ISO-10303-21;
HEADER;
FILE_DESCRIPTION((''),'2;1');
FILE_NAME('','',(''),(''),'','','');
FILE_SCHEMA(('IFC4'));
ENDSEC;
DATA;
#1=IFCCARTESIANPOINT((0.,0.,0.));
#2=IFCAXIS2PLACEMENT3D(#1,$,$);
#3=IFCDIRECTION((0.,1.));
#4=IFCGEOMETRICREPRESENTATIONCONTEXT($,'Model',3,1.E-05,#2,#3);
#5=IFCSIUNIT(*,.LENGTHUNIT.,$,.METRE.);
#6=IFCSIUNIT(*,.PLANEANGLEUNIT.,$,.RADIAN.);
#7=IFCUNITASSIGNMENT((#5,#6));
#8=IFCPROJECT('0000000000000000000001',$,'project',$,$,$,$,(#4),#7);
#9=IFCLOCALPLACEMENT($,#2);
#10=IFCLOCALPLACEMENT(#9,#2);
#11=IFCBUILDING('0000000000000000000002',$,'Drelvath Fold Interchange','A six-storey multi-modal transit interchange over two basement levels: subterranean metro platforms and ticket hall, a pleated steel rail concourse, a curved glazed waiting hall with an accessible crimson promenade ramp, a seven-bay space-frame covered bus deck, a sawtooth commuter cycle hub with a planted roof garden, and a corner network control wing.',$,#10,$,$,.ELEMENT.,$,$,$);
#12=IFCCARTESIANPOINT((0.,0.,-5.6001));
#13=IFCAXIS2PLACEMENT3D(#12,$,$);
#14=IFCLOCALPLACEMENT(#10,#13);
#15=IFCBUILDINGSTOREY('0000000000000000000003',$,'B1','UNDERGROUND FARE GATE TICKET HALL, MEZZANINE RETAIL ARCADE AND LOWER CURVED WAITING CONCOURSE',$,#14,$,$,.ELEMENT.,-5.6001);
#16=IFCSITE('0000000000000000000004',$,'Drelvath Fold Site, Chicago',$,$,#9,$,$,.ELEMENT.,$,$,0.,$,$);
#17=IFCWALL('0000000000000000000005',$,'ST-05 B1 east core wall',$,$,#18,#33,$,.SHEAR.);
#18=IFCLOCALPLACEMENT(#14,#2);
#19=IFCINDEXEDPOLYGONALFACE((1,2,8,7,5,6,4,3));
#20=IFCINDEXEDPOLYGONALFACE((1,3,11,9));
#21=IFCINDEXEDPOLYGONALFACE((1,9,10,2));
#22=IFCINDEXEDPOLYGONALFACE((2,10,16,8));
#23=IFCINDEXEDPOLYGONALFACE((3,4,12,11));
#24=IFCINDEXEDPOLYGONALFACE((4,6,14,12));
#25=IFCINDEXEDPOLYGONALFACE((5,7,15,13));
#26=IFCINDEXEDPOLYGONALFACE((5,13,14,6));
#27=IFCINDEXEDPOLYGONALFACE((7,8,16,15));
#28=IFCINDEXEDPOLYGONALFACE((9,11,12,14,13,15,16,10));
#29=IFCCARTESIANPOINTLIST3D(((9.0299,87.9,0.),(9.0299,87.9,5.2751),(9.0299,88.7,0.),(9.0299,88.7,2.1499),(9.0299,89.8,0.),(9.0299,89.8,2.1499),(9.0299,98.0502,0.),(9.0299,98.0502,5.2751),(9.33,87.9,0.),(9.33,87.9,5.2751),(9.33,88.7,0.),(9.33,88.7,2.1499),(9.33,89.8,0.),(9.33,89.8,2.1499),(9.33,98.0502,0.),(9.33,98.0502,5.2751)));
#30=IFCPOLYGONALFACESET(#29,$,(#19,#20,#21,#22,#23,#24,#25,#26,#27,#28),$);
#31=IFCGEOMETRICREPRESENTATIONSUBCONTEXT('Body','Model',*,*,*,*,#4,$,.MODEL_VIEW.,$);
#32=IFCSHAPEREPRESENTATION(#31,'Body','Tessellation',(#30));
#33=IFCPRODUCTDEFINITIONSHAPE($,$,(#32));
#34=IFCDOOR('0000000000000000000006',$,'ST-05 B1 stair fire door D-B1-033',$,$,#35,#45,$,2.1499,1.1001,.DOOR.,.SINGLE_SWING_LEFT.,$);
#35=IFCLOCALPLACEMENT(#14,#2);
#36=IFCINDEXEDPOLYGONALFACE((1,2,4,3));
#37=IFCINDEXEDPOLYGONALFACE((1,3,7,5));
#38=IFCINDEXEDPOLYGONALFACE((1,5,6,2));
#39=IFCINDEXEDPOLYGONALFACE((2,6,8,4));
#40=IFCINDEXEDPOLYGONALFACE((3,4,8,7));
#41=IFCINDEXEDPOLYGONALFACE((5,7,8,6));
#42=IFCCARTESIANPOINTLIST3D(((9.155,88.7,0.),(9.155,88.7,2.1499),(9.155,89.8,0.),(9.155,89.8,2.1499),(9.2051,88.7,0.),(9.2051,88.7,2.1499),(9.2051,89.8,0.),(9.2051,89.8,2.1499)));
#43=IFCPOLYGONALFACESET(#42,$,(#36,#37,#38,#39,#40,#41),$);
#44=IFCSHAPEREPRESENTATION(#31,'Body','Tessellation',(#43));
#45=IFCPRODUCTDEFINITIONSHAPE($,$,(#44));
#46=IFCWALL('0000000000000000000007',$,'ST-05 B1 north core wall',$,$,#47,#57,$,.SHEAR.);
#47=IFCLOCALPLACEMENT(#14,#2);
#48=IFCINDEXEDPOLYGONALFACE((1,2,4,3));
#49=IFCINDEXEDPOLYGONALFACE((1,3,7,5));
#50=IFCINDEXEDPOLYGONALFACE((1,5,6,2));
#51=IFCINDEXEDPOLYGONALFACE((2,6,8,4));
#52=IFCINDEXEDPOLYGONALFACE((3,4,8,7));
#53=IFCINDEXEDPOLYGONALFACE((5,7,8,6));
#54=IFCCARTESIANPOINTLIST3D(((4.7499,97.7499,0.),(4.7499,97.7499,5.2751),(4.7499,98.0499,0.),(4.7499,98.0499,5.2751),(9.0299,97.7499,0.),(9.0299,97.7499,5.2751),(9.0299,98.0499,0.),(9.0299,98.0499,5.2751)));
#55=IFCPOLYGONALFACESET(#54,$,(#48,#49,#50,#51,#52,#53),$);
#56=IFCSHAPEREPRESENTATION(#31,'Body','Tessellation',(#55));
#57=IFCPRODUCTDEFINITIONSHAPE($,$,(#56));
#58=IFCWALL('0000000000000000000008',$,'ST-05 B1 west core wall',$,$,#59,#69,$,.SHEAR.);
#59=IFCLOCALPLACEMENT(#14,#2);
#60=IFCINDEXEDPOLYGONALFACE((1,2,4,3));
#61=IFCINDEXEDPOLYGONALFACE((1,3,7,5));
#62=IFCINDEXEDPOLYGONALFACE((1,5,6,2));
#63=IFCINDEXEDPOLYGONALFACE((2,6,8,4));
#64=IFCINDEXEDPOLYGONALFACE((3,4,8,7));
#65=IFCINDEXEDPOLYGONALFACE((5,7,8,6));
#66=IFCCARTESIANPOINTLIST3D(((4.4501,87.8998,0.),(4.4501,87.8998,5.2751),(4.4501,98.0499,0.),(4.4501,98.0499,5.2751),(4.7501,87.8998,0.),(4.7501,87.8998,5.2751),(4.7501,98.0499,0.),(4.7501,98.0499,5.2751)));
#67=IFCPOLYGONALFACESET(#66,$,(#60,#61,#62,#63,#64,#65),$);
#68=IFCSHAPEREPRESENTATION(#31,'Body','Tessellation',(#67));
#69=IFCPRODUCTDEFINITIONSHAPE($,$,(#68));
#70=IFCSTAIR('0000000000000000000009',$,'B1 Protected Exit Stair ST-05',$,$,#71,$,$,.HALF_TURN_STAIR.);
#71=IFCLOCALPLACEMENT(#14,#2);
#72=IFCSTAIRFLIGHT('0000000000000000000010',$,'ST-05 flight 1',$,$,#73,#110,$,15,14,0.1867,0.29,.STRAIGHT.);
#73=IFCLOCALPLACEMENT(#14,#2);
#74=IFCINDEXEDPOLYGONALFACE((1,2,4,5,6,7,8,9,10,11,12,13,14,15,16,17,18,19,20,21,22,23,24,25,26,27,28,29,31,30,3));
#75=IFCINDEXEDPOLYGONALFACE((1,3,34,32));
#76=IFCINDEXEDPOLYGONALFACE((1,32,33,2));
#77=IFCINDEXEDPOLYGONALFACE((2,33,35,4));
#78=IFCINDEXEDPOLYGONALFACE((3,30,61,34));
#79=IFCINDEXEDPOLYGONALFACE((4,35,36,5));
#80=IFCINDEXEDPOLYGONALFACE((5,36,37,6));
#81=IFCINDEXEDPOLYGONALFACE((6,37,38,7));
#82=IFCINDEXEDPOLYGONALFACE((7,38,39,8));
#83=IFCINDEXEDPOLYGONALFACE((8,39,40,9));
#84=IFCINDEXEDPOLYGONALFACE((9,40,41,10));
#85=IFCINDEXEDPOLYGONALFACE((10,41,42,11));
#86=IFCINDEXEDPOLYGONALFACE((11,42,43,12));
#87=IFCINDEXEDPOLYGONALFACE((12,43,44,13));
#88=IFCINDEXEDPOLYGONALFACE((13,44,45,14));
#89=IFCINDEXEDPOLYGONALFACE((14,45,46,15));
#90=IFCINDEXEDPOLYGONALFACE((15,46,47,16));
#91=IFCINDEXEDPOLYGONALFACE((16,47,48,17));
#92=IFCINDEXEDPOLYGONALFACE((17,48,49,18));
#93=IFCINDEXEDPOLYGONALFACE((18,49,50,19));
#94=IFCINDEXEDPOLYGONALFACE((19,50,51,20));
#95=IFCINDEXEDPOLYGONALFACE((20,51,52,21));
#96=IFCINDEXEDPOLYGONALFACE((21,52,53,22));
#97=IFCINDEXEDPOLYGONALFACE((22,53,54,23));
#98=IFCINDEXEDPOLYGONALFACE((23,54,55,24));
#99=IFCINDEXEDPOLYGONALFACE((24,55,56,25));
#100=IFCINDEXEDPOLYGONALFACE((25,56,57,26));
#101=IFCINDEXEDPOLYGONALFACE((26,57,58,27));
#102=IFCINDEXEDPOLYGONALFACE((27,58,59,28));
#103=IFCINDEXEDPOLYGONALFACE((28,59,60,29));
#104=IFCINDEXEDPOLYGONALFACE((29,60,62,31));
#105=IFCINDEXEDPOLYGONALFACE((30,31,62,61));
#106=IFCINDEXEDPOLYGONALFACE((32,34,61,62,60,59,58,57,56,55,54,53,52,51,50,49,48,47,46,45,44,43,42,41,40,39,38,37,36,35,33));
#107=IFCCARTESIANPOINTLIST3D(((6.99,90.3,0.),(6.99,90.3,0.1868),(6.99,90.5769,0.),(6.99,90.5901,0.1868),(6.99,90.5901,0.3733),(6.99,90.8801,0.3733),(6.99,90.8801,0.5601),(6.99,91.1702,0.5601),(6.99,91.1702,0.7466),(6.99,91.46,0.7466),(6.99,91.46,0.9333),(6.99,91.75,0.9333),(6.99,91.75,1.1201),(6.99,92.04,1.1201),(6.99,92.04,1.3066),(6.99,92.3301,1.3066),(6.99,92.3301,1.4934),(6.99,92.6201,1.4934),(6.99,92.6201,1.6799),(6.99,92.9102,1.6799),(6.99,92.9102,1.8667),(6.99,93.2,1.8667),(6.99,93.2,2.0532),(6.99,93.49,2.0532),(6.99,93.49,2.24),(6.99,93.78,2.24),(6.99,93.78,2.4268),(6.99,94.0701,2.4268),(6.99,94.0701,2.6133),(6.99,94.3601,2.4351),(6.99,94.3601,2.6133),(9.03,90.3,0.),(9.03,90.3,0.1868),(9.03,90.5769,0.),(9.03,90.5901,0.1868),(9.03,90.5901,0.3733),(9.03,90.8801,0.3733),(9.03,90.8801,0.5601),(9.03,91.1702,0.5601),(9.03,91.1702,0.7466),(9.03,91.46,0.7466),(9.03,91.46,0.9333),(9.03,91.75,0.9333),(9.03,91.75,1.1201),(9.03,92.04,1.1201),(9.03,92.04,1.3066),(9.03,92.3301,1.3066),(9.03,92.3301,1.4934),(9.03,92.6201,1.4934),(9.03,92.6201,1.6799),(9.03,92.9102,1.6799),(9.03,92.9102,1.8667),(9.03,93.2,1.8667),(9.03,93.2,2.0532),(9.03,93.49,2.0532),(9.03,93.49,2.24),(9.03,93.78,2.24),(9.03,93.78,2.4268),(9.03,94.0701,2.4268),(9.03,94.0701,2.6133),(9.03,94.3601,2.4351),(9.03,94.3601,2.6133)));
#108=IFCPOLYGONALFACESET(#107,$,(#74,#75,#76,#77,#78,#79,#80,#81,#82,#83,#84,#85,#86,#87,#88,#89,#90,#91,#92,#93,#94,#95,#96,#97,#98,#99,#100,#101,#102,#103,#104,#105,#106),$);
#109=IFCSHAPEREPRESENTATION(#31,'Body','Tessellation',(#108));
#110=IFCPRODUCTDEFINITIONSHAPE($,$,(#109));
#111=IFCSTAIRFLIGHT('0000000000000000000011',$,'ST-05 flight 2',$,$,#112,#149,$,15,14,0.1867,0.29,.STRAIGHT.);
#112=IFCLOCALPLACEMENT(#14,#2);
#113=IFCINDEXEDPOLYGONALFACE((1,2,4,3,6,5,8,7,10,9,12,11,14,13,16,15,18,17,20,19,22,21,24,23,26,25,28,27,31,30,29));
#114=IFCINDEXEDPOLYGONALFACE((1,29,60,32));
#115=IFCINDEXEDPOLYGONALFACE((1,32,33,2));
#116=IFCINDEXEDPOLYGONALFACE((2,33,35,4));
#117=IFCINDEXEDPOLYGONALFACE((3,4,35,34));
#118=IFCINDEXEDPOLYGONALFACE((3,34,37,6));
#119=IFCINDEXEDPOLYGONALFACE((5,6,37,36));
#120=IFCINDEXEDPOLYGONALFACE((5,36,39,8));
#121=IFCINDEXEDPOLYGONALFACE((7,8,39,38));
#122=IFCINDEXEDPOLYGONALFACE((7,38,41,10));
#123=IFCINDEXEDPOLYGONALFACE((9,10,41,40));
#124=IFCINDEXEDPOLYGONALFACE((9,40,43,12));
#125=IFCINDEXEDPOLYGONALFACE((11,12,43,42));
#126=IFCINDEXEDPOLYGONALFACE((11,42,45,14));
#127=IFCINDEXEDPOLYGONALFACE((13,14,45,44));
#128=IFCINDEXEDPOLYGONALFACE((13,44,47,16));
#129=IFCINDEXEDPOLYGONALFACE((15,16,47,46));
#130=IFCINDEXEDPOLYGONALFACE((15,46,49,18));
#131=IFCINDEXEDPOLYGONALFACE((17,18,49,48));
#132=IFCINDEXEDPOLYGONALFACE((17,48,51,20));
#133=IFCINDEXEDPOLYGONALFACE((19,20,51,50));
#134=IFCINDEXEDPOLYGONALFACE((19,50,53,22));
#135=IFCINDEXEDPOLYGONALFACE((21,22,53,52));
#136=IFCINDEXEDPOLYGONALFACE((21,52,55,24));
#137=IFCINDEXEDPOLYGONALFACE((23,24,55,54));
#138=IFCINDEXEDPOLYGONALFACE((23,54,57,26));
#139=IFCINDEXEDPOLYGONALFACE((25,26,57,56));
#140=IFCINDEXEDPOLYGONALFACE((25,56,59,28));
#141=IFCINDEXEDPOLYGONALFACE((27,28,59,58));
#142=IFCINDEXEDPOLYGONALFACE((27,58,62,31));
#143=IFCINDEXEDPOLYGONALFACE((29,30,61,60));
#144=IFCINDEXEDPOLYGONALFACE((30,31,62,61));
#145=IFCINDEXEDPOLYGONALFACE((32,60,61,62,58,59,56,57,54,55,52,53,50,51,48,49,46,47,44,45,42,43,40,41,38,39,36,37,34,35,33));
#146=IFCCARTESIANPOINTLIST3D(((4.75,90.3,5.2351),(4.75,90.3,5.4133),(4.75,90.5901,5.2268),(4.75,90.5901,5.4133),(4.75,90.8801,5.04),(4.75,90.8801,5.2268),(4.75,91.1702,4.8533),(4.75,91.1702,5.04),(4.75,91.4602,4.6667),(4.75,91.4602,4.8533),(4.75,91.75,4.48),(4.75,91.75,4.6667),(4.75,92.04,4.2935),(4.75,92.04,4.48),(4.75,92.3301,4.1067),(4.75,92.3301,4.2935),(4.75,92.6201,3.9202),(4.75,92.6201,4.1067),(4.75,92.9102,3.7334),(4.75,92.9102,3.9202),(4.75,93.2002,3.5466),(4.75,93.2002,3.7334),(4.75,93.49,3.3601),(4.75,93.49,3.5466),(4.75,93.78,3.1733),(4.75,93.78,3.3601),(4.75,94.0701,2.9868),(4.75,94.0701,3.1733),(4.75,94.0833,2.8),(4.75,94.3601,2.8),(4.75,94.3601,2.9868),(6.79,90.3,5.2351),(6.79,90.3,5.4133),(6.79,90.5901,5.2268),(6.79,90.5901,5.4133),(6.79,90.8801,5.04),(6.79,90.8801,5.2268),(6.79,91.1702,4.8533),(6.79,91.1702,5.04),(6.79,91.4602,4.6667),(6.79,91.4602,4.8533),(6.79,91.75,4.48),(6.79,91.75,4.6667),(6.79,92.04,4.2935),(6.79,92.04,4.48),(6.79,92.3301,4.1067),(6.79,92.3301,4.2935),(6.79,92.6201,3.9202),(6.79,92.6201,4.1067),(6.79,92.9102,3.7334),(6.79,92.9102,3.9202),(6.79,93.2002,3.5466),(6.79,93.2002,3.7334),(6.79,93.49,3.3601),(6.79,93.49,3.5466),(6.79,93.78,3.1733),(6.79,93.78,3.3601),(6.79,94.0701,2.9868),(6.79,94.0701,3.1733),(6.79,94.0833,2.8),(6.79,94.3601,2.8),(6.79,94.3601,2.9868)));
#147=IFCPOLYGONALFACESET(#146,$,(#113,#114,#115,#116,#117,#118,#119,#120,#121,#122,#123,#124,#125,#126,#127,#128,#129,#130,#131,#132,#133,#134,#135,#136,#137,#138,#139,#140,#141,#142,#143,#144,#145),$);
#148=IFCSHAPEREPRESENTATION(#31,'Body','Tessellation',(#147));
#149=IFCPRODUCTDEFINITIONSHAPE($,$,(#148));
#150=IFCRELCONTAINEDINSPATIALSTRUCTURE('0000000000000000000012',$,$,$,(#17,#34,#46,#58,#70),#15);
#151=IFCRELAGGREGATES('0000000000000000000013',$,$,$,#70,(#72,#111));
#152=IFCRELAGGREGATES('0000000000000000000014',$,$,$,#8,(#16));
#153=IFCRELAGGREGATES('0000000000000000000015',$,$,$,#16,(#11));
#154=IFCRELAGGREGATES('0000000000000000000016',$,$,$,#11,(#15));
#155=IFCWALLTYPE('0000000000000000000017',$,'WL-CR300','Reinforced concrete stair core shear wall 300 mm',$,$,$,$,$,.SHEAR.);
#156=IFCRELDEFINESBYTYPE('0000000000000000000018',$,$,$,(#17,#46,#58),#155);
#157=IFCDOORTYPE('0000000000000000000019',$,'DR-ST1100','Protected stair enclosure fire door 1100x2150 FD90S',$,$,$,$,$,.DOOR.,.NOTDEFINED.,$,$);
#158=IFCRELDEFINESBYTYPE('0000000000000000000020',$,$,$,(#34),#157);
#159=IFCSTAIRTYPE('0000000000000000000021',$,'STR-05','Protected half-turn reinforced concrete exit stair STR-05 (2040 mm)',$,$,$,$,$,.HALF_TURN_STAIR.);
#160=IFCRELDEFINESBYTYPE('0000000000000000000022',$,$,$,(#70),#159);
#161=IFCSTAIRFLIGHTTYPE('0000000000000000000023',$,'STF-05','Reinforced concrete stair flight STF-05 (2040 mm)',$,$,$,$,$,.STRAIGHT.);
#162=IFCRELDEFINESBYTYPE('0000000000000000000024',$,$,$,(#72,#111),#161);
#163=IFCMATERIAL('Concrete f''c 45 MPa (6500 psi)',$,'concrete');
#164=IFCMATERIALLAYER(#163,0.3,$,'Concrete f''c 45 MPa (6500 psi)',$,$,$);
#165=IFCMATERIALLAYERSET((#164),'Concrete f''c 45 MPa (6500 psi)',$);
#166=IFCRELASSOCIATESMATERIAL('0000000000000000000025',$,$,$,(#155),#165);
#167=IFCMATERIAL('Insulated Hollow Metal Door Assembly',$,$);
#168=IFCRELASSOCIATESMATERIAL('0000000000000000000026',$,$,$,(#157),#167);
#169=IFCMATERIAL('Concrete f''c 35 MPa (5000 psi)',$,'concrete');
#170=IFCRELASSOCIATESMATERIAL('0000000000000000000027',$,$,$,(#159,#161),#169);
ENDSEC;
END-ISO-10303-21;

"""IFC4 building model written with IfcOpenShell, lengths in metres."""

from ifc_helpers import new_model, si_unit, direction, frame, frame_2d, origin, place, context, subcontext, project, spatial, polyline, rectangle, outline, extrude, material, layer, layer_set, type_object, element, fill, aggregate, save


model = new_model("IFC4")

# Units and contexts
model_context = context("Model", 3, precision=1e-05, world=origin(), true_north=direction((0.0, 1.0)))
body_context = subcontext(model_context, "Body", "Model", "MODEL_VIEW")
ifc_project = project(units=[si_unit("LENGTHUNIT", "METRE"), si_unit("PLANEANGLEUNIT", "RADIAN")], contexts=[model_context])

# Site, building, storey
site_placement = place(None, origin())
site = spatial("IfcSite", under=ifc_project, at=site_placement, Name="Drelvath Fold Site, Chicago", CompositionType="ELEMENT", RefElevation=0.0)
building_placement = place(site_placement, origin())
building = spatial("IfcBuilding", under=site, at=building_placement, Name="Drelvath Fold Interchange", Description="A six-storey multi-modal transit interchange over two basement levels: subterranean metro platforms and ticket hall, a pleated steel rail concourse, a curved glazed waiting hall with an accessible crimson promenade ramp, a seven-bay space-frame covered bus deck, a sawtooth commuter cycle hub with a planted roof garden, and a corner network control wing.", CompositionType="ELEMENT")
storey_placement = place(building_placement, frame((0.0, 0.0, -5.6001)))
storey = spatial("IfcBuildingStorey", under=building, at=storey_placement, Name="B1", Description="UNDERGROUND FARE GATE TICKET HALL, MEZZANINE RETAIL ARCADE AND LOWER CURVED WAITING CONCOURSE", CompositionType="ELEMENT", Elevation=-5.6001)

# Shared definitions
ifc_material_1 = material(Name="Concrete f'c 45 MPa (6500 psi)", Category="concrete")

# Shared definitions
ifc_layer = layer(ifc_material_1, 0.3, Name="Concrete f'c 45 MPa (6500 psi)")
ifc_layer_set = layer_set([ifc_layer], Name="Concrete f'c 45 MPa (6500 psi)")
wall_type = type_object("IfcWallType", Name="WL-CR300", Description="Reinforced concrete stair core shear wall 300 mm", PredefinedType="SHEAR", material=ifc_layer_set)

# Wall, opening, door
wall_1_placement = place(storey_placement, frame((9.1799, 87.8999, 0.0), z_axis=(0.0, 0.0, 1.0), x_axis=(0.0, 1.0, 0.0)))
wall_1 = element("IfcWall", 1, at=wall_1_placement, inside=storey, type_object=wall_type, Name="ST-05 B1 east core wall", PredefinedType="SHEAR", context=body_context, shape_type="SweptSolid", body=[
    extrude(rectangle(XDim=10.1501, YDim=0.3, at=frame_2d((5.0752, 0.0))), origin(), (0.0, 0.0, 1.0), 5.2751),
])
opening_placement = place(wall_1_placement, frame((0.8, 0.0, 0.0)))
opening = element("IfcOpeningElement", 2, at=opening_placement, cuts=wall_1, PredefinedType="OPENING", context=body_context, shape_type="SweptSolid", body=[
    extrude(rectangle(XDim=1.1001, YDim=2.1499, at=frame_2d((0.55, 1.075))), frame((0.0, 0.1599, 0.0), z_axis=(0.0, -1.0, 0.0), x_axis=(1.0, 0.0, 0.0)), (0.0, 0.0, 1.0), 0.3201),
])
ifc_material_2 = material(Name="Insulated Hollow Metal Door Assembly")
door_type = type_object("IfcDoorType", Name="DR-ST1100", Description="Protected stair enclosure fire door 1100x2150 FD90S", OperationType="NOTDEFINED", PredefinedType="DOOR", material=ifc_material_2)
door_placement = place(opening_placement, origin())
door = element("IfcDoor", 3, at=door_placement, inside=storey, type_object=door_type, Name="ST-05 B1 stair fire door D-B1-033", OperationType="SINGLE_SWING_LEFT", OverallHeight=2.1499, OverallWidth=1.1001, PredefinedType="DOOR", context=body_context, shape_type="SweptSolid", body=[
    extrude(rectangle(XDim=1.1001, YDim=2.1499, at=frame_2d((0.55, 1.075))), frame((0.0, 0.0249, 0.0), z_axis=(0.0, -1.0, 0.0), x_axis=(1.0, 0.0, 0.0)), (0.0, 0.0, 1.0), 0.05),
])
fill(opening, door)

# Walls
wall_2_placement = place(storey_placement, frame((9.03, 97.8999, 0.0), z_axis=(0.0, 0.0, 1.0), x_axis=(-1.0, 0.0, 0.0)))
element("IfcWall", 4, at=wall_2_placement, inside=storey, type_object=wall_type, Name="ST-05 B1 north core wall", PredefinedType="SHEAR", context=body_context, shape_type="SweptSolid", body=[
    extrude(rectangle(XDim=4.28, YDim=0.3, at=frame_2d((2.1401, 0.0))), origin(), (0.0, 0.0, 1.0), 5.2751),
])
wall_3_placement = place(storey_placement, frame((4.6001, 98.05, 0.0), z_axis=(0.0, 0.0, 1.0), x_axis=(0.0, -1.0, 0.0)))
element("IfcWall", 5, at=wall_3_placement, inside=storey, type_object=wall_type, Name="ST-05 B1 west core wall", PredefinedType="SHEAR", context=body_context, shape_type="SweptSolid", body=[
    extrude(rectangle(XDim=10.1501, YDim=0.3, at=frame_2d((5.0752, 0.0))), origin(), (0.0, 0.0, 1.0), 5.2751),
])

# Stair, stair flights
ifc_material_3 = material(Name="Concrete f'c 35 MPa (5000 psi)", Category="concrete")
stair_type = type_object("IfcStairType", Name="STR-05", Description="Protected half-turn reinforced concrete exit stair STR-05 (2040 mm)", PredefinedType="HALF_TURN_STAIR", material=ifc_material_3)
stair_placement = place(storey_placement, origin())
stair = element("IfcStair", 6, at=stair_placement, inside=storey, type_object=stair_type, Name="B1 Protected Exit Stair ST-05", PredefinedType="HALF_TURN_STAIR")
stair_flight_type = type_object("IfcStairFlightType", Name="STF-05", Description="Reinforced concrete stair flight STF-05 (2040 mm)", PredefinedType="STRAIGHT", material=ifc_material_3)
stair_flight_1_placement = place(storey_placement, frame((8.01, 90.3, 0.0), z_axis=(0.0, 0.0, 1.0), x_axis=(0.0, 1.0, 0.0)))
stair_flight_1 = element("IfcStairFlight", 7, at=stair_flight_1_placement, type_object=stair_flight_type, Name="ST-05 flight 1", NumberOfRisers=15, NumberOfTreads=14, PredefinedType="STRAIGHT", RiserHeight=0.1867, TreadLength=0.29, context=body_context, shape_type="SweptSolid", body=[
    extrude(outline(polyline([(0.0, 0.0), (0.0, 0.1868), (0.29, 0.1868), (0.29, 0.3733), (0.5801, 0.3733), (0.5801, 0.5601), (0.8701, 0.5601), (0.8701, 0.7466), (1.1599, 0.7466), (1.1599, 0.9333), (1.45, 0.9333), (1.45, 1.1201), (1.74, 1.1201), (1.74, 1.3066), (2.03, 1.3066), (2.03, 1.4934), (2.3201, 1.4934), (2.3201, 1.6799), (2.6101, 1.6799), (2.6101, 1.8667), (2.8999, 1.8667), (2.8999, 2.0532), (3.1899, 2.0532), (3.1899, 2.24), (3.48, 2.24), (3.48, 2.4268), (3.77, 2.4268), (3.77, 2.6133), (4.0601, 2.6133), (4.0601, 2.8), (4.0601, 2.4351), (0.2769, 0.0), (0.0, 0.0)])), frame((0.0, 1.02, 0.0), z_axis=(0.0, -1.0, 0.0), x_axis=(1.0, 0.0, 0.0)), (0.0, 0.0, 1.0), 2.04),
])
stair_flight_2_placement = place(storey_placement, frame((5.77, 94.3601, 2.8), z_axis=(0.0, 0.0, 1.0), x_axis=(0.0, -1.0, 0.0)))
stair_flight_2 = element("IfcStairFlight", 8, at=stair_flight_2_placement, type_object=stair_flight_type, Name="ST-05 flight 2", NumberOfRisers=15, NumberOfTreads=14, PredefinedType="STRAIGHT", RiserHeight=0.1867, TreadLength=0.29, context=body_context, shape_type="SweptSolid", body=[
    extrude(outline(polyline([(0.0, 0.0), (0.0, 0.1868), (0.29, 0.1868), (0.29, 0.3733), (0.5801, 0.3733), (0.5801, 0.5601), (0.8701, 0.5601), (0.8701, 0.7466), (1.1599, 0.7466), (1.1599, 0.9333), (1.45, 0.9333), (1.45, 1.1201), (1.74, 1.1201), (1.74, 1.3066), (2.03, 1.3066), (2.03, 1.4934), (2.3201, 1.4934), (2.3201, 1.6799), (2.6101, 1.6799), (2.6101, 1.8667), (2.8999, 1.8667), (2.8999, 2.0532), (3.1899, 2.0532), (3.1899, 2.24), (3.48, 2.24), (3.48, 2.4268), (3.77, 2.4268), (3.77, 2.6133), (4.0601, 2.6133), (4.0601, 2.8), (4.0601, 2.4351), (0.2769, 0.0), (0.0, 0.0)])), frame((0.0, 1.02, 0.0), z_axis=(0.0, -1.0, 0.0), x_axis=(1.0, 0.0, 0.0)), (0.0, 0.0, 1.0), 2.04),
])
aggregate(stair, [stair_flight_1, stair_flight_2])

save(model, "model.ifc")
